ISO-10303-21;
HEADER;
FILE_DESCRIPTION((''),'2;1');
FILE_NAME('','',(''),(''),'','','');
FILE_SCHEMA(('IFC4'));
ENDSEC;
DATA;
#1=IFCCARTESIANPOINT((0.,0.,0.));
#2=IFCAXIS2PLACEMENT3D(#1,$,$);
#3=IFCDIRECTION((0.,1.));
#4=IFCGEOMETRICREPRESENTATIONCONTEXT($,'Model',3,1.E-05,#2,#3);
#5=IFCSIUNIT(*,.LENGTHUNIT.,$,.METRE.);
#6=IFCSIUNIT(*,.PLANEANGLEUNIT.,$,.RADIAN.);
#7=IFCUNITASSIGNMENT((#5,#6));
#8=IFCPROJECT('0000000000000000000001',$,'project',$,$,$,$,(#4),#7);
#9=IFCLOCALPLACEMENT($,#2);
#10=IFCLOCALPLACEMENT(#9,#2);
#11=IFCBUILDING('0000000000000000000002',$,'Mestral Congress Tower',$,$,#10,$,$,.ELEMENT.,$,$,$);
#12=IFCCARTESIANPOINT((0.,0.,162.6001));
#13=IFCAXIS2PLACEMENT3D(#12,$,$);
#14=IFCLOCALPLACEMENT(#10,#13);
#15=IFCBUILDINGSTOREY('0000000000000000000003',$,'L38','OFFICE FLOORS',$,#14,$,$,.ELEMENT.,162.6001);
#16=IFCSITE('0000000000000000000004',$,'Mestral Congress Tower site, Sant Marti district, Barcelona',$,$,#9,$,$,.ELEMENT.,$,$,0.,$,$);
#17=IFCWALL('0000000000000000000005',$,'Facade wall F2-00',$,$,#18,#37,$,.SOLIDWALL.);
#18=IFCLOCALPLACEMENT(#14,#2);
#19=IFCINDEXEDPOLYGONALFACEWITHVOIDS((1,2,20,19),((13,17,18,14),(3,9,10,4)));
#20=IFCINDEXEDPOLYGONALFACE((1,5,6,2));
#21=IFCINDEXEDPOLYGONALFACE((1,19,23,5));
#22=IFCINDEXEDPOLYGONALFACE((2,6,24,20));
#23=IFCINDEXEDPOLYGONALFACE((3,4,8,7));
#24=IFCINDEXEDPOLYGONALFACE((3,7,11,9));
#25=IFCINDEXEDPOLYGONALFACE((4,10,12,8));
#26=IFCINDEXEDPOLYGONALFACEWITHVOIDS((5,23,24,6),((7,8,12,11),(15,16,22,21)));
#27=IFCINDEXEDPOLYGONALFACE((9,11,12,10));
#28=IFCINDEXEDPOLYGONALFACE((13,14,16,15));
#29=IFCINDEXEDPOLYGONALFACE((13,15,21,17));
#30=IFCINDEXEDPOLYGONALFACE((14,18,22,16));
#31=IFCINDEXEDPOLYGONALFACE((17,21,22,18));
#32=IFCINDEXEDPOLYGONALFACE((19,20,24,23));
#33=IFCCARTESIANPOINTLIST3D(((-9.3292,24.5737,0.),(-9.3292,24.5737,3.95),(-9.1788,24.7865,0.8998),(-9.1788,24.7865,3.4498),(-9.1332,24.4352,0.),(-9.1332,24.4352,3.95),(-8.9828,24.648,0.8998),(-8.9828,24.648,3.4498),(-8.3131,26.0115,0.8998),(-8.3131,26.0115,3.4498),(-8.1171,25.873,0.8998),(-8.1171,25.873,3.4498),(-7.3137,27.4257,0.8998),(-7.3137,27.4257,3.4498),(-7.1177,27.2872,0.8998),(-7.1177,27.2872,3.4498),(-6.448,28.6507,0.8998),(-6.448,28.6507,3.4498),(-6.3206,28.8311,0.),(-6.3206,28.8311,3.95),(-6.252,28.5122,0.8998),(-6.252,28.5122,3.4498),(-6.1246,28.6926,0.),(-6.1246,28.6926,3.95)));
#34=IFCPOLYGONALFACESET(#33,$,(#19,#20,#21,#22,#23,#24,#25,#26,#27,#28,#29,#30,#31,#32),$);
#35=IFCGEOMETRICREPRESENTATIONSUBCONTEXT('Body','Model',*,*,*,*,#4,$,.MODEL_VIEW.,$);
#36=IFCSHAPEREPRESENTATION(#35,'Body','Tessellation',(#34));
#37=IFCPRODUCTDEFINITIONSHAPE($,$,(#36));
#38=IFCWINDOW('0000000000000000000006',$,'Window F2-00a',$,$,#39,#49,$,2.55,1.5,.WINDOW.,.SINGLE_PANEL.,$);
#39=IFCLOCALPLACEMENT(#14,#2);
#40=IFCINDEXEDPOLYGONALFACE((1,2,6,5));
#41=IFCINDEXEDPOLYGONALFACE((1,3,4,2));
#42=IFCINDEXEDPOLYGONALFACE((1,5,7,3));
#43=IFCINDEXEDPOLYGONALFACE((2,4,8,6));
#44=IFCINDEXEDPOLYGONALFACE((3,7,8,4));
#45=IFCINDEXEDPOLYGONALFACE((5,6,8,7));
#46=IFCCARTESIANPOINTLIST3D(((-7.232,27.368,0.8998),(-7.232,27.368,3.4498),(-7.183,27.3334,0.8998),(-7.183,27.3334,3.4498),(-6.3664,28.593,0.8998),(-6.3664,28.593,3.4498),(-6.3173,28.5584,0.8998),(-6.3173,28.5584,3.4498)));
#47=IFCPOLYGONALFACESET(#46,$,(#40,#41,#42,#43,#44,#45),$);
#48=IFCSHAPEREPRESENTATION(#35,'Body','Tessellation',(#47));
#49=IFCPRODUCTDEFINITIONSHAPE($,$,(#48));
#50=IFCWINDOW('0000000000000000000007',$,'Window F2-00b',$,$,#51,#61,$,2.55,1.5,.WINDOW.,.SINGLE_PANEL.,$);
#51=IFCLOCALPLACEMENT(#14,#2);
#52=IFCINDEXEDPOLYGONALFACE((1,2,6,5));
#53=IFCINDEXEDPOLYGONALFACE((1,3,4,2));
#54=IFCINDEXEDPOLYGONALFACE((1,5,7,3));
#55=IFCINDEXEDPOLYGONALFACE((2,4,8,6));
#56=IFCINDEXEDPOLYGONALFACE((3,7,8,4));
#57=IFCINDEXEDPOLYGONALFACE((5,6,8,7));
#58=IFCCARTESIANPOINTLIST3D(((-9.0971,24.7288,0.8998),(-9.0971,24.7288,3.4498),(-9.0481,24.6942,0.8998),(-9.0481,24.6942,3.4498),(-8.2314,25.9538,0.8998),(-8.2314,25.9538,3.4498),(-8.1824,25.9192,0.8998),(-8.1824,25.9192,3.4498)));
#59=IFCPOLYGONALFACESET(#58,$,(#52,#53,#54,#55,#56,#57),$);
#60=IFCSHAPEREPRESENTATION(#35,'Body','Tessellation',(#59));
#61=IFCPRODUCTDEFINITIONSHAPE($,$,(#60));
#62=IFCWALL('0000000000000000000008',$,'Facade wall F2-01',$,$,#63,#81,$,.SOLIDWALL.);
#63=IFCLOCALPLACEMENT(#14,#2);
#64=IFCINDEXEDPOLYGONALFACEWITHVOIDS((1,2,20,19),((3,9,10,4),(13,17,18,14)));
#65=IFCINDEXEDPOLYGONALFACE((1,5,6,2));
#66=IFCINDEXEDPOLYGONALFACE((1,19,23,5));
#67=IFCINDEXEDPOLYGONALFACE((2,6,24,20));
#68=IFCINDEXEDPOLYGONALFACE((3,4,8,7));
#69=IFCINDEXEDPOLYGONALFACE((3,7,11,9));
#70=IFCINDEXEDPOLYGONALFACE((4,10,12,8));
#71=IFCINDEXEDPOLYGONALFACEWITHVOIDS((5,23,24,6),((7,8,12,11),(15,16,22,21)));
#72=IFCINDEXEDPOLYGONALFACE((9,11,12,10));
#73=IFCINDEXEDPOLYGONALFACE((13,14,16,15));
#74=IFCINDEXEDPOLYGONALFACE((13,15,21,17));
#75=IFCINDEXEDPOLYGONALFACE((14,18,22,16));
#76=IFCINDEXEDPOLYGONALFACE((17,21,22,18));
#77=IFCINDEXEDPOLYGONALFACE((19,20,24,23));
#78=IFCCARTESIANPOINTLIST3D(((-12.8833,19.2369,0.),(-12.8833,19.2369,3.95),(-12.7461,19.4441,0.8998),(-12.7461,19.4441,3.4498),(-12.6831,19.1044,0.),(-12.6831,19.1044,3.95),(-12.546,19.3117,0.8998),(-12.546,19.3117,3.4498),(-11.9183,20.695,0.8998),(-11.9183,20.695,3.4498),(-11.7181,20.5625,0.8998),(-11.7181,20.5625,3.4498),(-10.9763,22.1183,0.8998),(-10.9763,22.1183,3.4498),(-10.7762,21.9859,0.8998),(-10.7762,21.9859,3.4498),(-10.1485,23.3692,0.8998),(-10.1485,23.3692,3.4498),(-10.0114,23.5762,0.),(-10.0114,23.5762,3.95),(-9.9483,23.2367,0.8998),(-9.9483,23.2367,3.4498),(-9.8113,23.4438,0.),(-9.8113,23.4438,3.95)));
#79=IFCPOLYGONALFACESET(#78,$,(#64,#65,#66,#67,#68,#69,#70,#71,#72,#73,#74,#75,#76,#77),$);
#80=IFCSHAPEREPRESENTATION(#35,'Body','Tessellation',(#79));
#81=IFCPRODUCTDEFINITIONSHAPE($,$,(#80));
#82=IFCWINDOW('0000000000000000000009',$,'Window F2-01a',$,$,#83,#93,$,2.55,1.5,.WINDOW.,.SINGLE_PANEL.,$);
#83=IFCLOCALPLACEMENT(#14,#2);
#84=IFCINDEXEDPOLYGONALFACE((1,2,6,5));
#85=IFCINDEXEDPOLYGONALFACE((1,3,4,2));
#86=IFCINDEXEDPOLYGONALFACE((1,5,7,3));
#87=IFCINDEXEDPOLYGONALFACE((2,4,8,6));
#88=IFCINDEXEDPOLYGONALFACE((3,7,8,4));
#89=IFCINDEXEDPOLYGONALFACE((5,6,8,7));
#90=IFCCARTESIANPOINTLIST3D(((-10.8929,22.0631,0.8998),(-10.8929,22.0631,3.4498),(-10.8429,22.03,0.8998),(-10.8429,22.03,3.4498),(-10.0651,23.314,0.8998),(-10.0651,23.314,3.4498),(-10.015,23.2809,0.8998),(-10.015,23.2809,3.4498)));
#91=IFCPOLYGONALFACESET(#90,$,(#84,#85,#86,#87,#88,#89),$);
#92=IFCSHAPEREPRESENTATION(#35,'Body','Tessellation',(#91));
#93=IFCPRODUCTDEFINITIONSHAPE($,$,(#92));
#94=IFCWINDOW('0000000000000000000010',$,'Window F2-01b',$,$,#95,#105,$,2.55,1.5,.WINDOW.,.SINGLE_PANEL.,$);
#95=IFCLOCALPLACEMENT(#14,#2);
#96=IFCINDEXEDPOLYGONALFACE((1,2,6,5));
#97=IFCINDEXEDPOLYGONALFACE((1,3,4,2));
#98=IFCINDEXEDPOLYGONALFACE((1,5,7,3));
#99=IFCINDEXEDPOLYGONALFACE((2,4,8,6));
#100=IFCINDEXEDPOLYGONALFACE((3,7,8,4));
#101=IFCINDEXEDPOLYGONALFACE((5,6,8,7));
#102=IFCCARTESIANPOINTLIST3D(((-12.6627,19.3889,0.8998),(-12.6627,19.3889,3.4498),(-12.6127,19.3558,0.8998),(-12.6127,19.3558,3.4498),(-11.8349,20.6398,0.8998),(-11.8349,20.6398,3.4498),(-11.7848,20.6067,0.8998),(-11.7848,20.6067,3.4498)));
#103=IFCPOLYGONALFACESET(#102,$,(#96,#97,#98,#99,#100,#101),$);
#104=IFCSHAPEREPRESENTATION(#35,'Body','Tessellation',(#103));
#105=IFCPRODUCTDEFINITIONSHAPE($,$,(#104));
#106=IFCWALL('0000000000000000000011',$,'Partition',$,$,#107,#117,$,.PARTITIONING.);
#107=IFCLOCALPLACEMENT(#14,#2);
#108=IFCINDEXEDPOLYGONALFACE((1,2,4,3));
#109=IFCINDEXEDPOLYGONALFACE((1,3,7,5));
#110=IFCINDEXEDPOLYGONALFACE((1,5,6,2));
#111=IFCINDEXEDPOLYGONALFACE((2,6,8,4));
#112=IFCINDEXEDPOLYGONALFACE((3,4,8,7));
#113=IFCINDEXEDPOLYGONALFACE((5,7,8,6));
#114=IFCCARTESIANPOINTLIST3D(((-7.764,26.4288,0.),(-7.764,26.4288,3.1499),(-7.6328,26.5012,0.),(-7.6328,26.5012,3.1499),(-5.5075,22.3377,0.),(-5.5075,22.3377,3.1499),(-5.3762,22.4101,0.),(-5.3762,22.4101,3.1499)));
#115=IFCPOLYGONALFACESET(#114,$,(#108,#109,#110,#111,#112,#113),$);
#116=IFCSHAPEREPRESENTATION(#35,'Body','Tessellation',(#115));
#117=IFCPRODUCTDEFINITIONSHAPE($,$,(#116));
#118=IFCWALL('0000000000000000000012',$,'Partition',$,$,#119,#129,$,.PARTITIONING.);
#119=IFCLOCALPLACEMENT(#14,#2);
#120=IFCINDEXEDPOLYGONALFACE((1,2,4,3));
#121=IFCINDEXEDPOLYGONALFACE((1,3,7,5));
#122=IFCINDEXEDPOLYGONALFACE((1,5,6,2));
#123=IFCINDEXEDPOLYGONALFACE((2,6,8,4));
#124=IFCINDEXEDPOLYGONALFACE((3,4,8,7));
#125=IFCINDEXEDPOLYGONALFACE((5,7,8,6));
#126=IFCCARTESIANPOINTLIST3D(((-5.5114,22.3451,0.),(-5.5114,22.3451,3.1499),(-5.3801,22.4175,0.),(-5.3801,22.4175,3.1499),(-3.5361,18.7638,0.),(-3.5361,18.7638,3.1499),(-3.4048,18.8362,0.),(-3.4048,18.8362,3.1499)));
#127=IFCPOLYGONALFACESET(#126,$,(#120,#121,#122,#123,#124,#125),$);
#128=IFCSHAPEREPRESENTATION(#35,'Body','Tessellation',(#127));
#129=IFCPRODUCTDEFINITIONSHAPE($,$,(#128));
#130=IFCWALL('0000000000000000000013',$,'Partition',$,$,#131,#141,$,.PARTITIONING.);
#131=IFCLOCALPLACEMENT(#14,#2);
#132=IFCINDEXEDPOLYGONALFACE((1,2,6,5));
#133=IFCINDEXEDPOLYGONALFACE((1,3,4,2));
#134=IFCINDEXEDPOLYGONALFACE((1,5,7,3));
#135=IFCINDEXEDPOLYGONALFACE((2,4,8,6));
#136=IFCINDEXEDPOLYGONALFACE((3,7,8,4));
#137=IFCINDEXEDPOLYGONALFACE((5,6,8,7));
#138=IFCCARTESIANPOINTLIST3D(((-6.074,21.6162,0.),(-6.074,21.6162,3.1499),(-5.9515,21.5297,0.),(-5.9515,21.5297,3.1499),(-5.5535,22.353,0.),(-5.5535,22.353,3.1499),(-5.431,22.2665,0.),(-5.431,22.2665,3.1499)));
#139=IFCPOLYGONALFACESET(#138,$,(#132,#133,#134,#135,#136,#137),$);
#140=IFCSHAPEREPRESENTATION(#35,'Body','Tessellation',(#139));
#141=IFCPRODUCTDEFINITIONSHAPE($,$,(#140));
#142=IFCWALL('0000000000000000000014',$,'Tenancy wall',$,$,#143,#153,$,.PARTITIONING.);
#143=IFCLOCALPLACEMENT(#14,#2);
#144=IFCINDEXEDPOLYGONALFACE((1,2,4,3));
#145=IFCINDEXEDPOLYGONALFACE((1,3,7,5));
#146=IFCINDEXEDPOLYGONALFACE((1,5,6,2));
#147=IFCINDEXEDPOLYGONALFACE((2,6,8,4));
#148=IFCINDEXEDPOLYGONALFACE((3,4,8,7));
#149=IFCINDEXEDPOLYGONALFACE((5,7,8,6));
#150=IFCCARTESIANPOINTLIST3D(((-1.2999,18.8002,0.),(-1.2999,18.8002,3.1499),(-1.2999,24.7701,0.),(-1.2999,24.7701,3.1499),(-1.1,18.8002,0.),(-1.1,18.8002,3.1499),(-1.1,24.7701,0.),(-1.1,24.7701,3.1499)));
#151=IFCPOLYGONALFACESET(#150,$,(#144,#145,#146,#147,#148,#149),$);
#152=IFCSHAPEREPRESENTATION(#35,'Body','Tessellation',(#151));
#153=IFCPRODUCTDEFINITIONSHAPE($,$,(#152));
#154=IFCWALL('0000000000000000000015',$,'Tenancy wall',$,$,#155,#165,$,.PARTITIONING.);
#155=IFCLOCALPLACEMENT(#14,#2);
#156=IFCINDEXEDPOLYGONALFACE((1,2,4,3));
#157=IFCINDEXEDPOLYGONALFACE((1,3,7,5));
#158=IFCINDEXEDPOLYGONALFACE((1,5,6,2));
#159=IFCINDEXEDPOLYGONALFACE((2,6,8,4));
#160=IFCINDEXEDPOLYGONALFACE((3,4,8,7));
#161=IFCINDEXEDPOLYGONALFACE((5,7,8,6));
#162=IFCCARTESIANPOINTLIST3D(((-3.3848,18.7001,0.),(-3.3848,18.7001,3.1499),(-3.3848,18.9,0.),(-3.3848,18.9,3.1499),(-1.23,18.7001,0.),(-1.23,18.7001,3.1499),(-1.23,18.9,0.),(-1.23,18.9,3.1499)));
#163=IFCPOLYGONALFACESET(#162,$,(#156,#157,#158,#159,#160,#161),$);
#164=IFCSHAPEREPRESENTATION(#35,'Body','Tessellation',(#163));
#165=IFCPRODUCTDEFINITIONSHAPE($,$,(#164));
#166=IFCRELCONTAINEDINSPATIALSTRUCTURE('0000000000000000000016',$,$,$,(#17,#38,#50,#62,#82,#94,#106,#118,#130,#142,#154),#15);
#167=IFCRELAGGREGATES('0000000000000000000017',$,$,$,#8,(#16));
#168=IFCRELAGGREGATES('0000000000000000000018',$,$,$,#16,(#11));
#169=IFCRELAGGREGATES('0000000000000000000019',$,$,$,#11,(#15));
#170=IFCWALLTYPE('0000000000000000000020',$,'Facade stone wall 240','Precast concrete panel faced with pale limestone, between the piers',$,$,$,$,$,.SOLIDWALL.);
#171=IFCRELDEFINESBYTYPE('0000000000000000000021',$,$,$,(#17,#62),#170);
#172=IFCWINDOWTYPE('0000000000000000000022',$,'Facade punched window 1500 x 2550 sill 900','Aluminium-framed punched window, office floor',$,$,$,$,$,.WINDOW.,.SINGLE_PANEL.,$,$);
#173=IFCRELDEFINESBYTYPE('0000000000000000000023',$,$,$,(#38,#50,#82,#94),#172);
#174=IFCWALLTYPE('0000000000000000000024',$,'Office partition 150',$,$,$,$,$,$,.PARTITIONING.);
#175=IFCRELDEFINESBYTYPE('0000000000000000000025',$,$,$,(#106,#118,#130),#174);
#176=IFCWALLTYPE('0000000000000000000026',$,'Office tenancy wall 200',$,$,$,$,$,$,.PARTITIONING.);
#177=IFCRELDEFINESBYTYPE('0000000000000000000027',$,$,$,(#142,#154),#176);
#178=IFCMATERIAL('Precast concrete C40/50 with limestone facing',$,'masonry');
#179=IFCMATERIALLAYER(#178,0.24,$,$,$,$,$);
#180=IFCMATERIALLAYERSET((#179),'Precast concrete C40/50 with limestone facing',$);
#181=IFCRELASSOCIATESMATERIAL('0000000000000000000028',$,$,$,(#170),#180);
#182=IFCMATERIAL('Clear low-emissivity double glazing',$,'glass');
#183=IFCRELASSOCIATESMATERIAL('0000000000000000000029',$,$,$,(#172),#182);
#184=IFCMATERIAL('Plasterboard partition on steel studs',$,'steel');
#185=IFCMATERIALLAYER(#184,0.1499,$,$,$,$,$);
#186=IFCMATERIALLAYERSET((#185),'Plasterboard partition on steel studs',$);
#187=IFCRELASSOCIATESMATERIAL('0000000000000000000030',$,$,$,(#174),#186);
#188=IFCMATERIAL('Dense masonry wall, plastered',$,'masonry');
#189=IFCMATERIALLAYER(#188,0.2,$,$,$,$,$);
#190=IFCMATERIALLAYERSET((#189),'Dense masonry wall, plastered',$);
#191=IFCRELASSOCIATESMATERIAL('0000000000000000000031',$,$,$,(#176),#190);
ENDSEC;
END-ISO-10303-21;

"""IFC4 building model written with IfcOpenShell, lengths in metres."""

from ifc_helpers import new_model, si_unit, direction, frame, frame_2d, origin, place, context, subcontext, project, spatial, rectangle, extrude, material, layer, layer_set, type_object, element, fill, save


model = new_model("IFC4")

# Units and contexts
model_context = context("Model", 3, precision=1e-05, world=origin(), true_north=direction((0.0, 1.0)))
body_context = subcontext(model_context, "Body", "Model", "MODEL_VIEW")
ifc_project = project(units=[si_unit("LENGTHUNIT", "METRE"), si_unit("PLANEANGLEUNIT", "RADIAN")], contexts=[model_context])

# Site, building, storey
site_placement = place(None, origin())
site = spatial("IfcSite", under=ifc_project, at=site_placement, Name="Mestral Congress Tower site, Sant Marti district, Barcelona", CompositionType="ELEMENT", RefElevation=0.0)
building_placement = place(site_placement, origin())
building = spatial("IfcBuilding", under=site, at=building_placement, Name="Mestral Congress Tower", CompositionType="ELEMENT")
storey_placement = place(building_placement, frame((0.0, 0.0, 162.6001)))
storey = spatial("IfcBuildingStorey", under=building, at=storey_placement, Name="L38", Description="OFFICE FLOORS", CompositionType="ELEMENT", Elevation=162.6001)

# Shared definitions
ifc_material_1 = material(Name="Precast concrete C40/50 with limestone facing", Category="masonry")
ifc_layer_1 = layer(ifc_material_1, 0.24)
ifc_layer_set_1 = layer_set([ifc_layer_1], Name="Precast concrete C40/50 with limestone facing")
wall_type_1 = type_object("IfcWallType", Name="Facade stone wall 240", Description="Precast concrete panel faced with pale limestone, between the piers", PredefinedType="SOLIDWALL", material=ifc_layer_set_1)
ifc_material_2 = material(Name="Clear low-emissivity double glazing", Category="glass")

# Walls, openings, windows
wall_1_placement = place(storey_placement, frame((-6.2227, 28.7617, 0.0), z_axis=(0.0, 0.0, 1.0), x_axis=(-0.577115, -0.816663, 0.0)))
wall_1 = element("IfcWall", 1, at=wall_1_placement, inside=storey, type_object=wall_type_1, Name="Facade wall F2-00", PredefinedType="SOLIDWALL", context=body_context, shape_type="SweptSolid", body=[
    extrude(rectangle(XDim=5.2131, YDim=0.24, at=frame_2d((2.6064, 0.0))), origin(), (0.0, 0.0, 1.0), 3.95),
])
opening_1_placement = place(wall_1_placement, frame((0.2207, 0.0, 0.8999)))
opening_1 = element("IfcOpeningElement", 2, at=opening_1_placement, cuts=wall_1, PredefinedType="OPENING", context=body_context, shape_type="SweptSolid", body=[
    extrude(rectangle(XDim=1.5, YDim=2.55, at=frame_2d((0.75, 1.2749))), frame((0.0, 0.1299, 0.0), z_axis=(0.0, -1.0, 0.0), x_axis=(1.0, 0.0, 0.0)), (0.0, 0.0, 1.0), 0.26),
])
opening_2_placement = place(wall_1_placement, frame((3.4524, 0.0, 0.8999)))
opening_2 = element("IfcOpeningElement", 3, at=opening_2_placement, cuts=wall_1, PredefinedType="OPENING", context=body_context, shape_type="SweptSolid", body=[
    extrude(rectangle(XDim=1.5, YDim=2.55, at=frame_2d((0.75, 1.2749))), frame((0.0, 0.1299, 0.0), z_axis=(0.0, -1.0, 0.0), x_axis=(1.0, 0.0, 0.0)), (0.0, 0.0, 1.0), 0.26),
])
window_type_1 = type_object("IfcWindowType", Name="Facade punched window 1500 x 2550 sill 900", Description="Aluminium-framed punched window, office floor", PartitioningType="SINGLE_PANEL", PredefinedType="WINDOW", material=ifc_material_2)
window_1_placement = place(opening_1_placement, origin())
window_1 = element("IfcWindow", 4, at=window_1_placement, inside=storey, type_object=window_type_1, Name="Window F2-00a", OverallHeight=2.55, OverallWidth=1.5, PartitioningType="SINGLE_PANEL", PredefinedType="WINDOW", context=body_context, shape_type="SweptSolid", body=[
    extrude(rectangle(XDim=1.5, YDim=2.55, at=frame_2d((0.75, 1.2749))), frame((0.0, 0.04, 0.0), z_axis=(0.0, -1.0, 0.0), x_axis=(1.0, 0.0, 0.0)), (0.0, 0.0, 1.0), 0.0601),
])
fill(opening_1, window_1)
window_2_placement = place(opening_2_placement, origin())
window_2 = element("IfcWindow", 5, at=window_2_placement, inside=storey, type_object=window_type_1, Name="Window F2-00b", OverallHeight=2.55, OverallWidth=1.5, PartitioningType="SINGLE_PANEL", PredefinedType="WINDOW", context=body_context, shape_type="SweptSolid", body=[
    extrude(rectangle(XDim=1.5, YDim=2.55, at=frame_2d((0.75, 1.2749))), frame((0.0, 0.04, 0.0), z_axis=(0.0, -1.0, 0.0), x_axis=(1.0, 0.0, 0.0)), (0.0, 0.0, 1.0), 0.0601),
])
fill(opening_2, window_2)
wall_2_placement = place(storey_placement, frame((-9.9114, 23.51, 0.0), z_axis=(0.0, 0.0, 1.0), x_axis=(-0.551893, -0.833915, 0.0)))
wall_2 = element("IfcWall", 6, at=wall_2_placement, inside=storey, type_object=wall_type_1, Name="Facade wall F2-01", PredefinedType="SOLIDWALL", context=body_context, shape_type="SweptSolid", body=[
    extrude(rectangle(XDim=5.2036, YDim=0.24, at=frame_2d((2.6018, 0.0))), origin(), (0.0, 0.0, 1.0), 3.95),
])
opening_3_placement = place(wall_2_placement, frame((0.2483, 0.0, 0.8999)))
opening_3 = element("IfcOpeningElement", 7, at=opening_3_placement, cuts=wall_2, PredefinedType="OPENING", context=body_context, shape_type="SweptSolid", body=[
    extrude(rectangle(XDim=1.5, YDim=2.55, at=frame_2d((0.75, 1.2749))), frame((0.0, 0.1299, 0.0), z_axis=(0.0, -1.0, 0.0), x_axis=(1.0, 0.0, 0.0)), (0.0, 0.0, 1.0), 0.26),
])
opening_4_placement = place(wall_2_placement, frame((3.4551, 0.0, 0.8999)))
opening_4 = element("IfcOpeningElement", 8, at=opening_4_placement, cuts=wall_2, PredefinedType="OPENING", context=body_context, shape_type="SweptSolid", body=[
    extrude(rectangle(XDim=1.5, YDim=2.55, at=frame_2d((0.75, 1.2749))), frame((0.0, 0.1299, 0.0), z_axis=(0.0, -1.0, 0.0), x_axis=(1.0, 0.0, 0.0)), (0.0, 0.0, 1.0), 0.26),
])
window_3_placement = place(opening_3_placement, origin())
window_3 = element("IfcWindow", 9, at=window_3_placement, inside=storey, type_object=window_type_1, Name="Window F2-01a", OverallHeight=2.55, OverallWidth=1.5, PartitioningType="SINGLE_PANEL", PredefinedType="WINDOW", context=body_context, shape_type="SweptSolid", body=[
    extrude(rectangle(XDim=1.5, YDim=2.55, at=frame_2d((0.75, 1.2749))), frame((0.0, 0.04, 0.0), z_axis=(0.0, -1.0, 0.0), x_axis=(1.0, 0.0, 0.0)), (0.0, 0.0, 1.0), 0.0601),
])
fill(opening_3, window_3)
window_4_placement = place(opening_4_placement, origin())
window_4 = element("IfcWindow", 10, at=window_4_placement, inside=storey, type_object=window_type_1, Name="Window F2-01b", OverallHeight=2.55, OverallWidth=1.5, PartitioningType="SINGLE_PANEL", PredefinedType="WINDOW", context=body_context, shape_type="SweptSolid", body=[
    extrude(rectangle(XDim=1.5, YDim=2.55, at=frame_2d((0.75, 1.2749))), frame((0.0, 0.04, 0.0), z_axis=(0.0, -1.0, 0.0), x_axis=(1.0, 0.0, 0.0)), (0.0, 0.0, 1.0), 0.0601),
])
fill(opening_4, window_4)

# Walls
ifc_material_3 = material(Name="Plasterboard partition on steel studs", Category="steel")
ifc_layer_2 = layer(ifc_material_3, 0.1499)
ifc_layer_set_2 = layer_set([ifc_layer_2], Name="Plasterboard partition on steel studs")
wall_type_2 = type_object("IfcWallType", Name="Office partition 150", PredefinedType="PARTITIONING", material=ifc_layer_set_2)
wall_3_placement = place(storey_placement, frame((-5.4419, 22.374, 0.0), z_axis=(0.0, 0.0, 1.0), x_axis=(-0.482988, 0.875627, 0.0)))
element("IfcWall", 11, at=wall_3_placement, inside=storey, type_object=wall_type_2, Name="Partition", PredefinedType="PARTITIONING", context=body_context, shape_type="SweptSolid", body=[
    extrude(rectangle(XDim=4.6721, YDim=0.1499, at=frame_2d((2.3359, 0.0))), origin(), (0.0, 0.0, 1.0), 3.1499),
])
wall_4_placement = place(storey_placement, frame((-3.4705, 18.8, 0.0), z_axis=(0.0, 0.0, 1.0), x_axis=(-0.482975, 0.875634, 0.0)))
element("IfcWall", 12, at=wall_4_placement, inside=storey, type_object=wall_type_2, Name="Partition", PredefinedType="PARTITIONING", context=body_context, shape_type="SweptSolid", body=[
    extrude(rectangle(XDim=4.0898, YDim=0.1499, at=frame_2d((2.0449, 0.0))), origin(), (0.0, 0.0, 1.0), 3.1499),
])
wall_5_placement = place(storey_placement, frame((-5.4922, 22.3098, 0.0), z_axis=(0.0, 0.0, 1.0), x_axis=(-0.576981, -0.816758, 0.0)))
element("IfcWall", 13, at=wall_5_placement, inside=storey, type_object=wall_type_2, Name="Partition", PredefinedType="PARTITIONING", context=body_context, shape_type="SweptSolid", body=[
    extrude(rectangle(XDim=0.9021, YDim=0.1499, at=frame_2d((0.4512, 0.0))), origin(), (0.0, 0.0, 1.0), 3.1499),
])
ifc_material_4 = material(Name="Dense masonry wall, plastered", Category="masonry")
ifc_layer_3 = layer(ifc_material_4, 0.2)
ifc_layer_set_3 = layer_set([ifc_layer_3], Name="Dense masonry wall, plastered")
wall_type_3 = type_object("IfcWallType", Name="Office tenancy wall 200", PredefinedType="PARTITIONING", material=ifc_layer_set_3)
wall_6_placement = place(storey_placement, frame((-1.2, 24.77, 0.0), z_axis=(0.0, 0.0, 1.0), x_axis=(0.0, -1.0, 0.0)))
element("IfcWall", 14, at=wall_6_placement, inside=storey, type_object=wall_type_3, Name="Tenancy wall", PredefinedType="PARTITIONING", context=body_context, shape_type="SweptSolid", body=[
    extrude(rectangle(XDim=5.97, YDim=0.2, at=frame_2d((2.9849, 0.0))), origin(), (0.0, 0.0, 1.0), 3.1499),
])
wall_7_placement = place(storey_placement, frame((-1.23, 18.8, 0.0), z_axis=(0.0, 0.0, 1.0), x_axis=(-1.0, 0.0, 0.0)))
element("IfcWall", 15, at=wall_7_placement, inside=storey, type_object=wall_type_3, Name="Tenancy wall", PredefinedType="PARTITIONING", context=body_context, shape_type="SweptSolid", body=[
    extrude(rectangle(XDim=2.1548, YDim=0.2, at=frame_2d((1.0774, 0.0))), origin(), (0.0, 0.0, 1.0), 3.1499),
])

save(model, "model.ifc")
